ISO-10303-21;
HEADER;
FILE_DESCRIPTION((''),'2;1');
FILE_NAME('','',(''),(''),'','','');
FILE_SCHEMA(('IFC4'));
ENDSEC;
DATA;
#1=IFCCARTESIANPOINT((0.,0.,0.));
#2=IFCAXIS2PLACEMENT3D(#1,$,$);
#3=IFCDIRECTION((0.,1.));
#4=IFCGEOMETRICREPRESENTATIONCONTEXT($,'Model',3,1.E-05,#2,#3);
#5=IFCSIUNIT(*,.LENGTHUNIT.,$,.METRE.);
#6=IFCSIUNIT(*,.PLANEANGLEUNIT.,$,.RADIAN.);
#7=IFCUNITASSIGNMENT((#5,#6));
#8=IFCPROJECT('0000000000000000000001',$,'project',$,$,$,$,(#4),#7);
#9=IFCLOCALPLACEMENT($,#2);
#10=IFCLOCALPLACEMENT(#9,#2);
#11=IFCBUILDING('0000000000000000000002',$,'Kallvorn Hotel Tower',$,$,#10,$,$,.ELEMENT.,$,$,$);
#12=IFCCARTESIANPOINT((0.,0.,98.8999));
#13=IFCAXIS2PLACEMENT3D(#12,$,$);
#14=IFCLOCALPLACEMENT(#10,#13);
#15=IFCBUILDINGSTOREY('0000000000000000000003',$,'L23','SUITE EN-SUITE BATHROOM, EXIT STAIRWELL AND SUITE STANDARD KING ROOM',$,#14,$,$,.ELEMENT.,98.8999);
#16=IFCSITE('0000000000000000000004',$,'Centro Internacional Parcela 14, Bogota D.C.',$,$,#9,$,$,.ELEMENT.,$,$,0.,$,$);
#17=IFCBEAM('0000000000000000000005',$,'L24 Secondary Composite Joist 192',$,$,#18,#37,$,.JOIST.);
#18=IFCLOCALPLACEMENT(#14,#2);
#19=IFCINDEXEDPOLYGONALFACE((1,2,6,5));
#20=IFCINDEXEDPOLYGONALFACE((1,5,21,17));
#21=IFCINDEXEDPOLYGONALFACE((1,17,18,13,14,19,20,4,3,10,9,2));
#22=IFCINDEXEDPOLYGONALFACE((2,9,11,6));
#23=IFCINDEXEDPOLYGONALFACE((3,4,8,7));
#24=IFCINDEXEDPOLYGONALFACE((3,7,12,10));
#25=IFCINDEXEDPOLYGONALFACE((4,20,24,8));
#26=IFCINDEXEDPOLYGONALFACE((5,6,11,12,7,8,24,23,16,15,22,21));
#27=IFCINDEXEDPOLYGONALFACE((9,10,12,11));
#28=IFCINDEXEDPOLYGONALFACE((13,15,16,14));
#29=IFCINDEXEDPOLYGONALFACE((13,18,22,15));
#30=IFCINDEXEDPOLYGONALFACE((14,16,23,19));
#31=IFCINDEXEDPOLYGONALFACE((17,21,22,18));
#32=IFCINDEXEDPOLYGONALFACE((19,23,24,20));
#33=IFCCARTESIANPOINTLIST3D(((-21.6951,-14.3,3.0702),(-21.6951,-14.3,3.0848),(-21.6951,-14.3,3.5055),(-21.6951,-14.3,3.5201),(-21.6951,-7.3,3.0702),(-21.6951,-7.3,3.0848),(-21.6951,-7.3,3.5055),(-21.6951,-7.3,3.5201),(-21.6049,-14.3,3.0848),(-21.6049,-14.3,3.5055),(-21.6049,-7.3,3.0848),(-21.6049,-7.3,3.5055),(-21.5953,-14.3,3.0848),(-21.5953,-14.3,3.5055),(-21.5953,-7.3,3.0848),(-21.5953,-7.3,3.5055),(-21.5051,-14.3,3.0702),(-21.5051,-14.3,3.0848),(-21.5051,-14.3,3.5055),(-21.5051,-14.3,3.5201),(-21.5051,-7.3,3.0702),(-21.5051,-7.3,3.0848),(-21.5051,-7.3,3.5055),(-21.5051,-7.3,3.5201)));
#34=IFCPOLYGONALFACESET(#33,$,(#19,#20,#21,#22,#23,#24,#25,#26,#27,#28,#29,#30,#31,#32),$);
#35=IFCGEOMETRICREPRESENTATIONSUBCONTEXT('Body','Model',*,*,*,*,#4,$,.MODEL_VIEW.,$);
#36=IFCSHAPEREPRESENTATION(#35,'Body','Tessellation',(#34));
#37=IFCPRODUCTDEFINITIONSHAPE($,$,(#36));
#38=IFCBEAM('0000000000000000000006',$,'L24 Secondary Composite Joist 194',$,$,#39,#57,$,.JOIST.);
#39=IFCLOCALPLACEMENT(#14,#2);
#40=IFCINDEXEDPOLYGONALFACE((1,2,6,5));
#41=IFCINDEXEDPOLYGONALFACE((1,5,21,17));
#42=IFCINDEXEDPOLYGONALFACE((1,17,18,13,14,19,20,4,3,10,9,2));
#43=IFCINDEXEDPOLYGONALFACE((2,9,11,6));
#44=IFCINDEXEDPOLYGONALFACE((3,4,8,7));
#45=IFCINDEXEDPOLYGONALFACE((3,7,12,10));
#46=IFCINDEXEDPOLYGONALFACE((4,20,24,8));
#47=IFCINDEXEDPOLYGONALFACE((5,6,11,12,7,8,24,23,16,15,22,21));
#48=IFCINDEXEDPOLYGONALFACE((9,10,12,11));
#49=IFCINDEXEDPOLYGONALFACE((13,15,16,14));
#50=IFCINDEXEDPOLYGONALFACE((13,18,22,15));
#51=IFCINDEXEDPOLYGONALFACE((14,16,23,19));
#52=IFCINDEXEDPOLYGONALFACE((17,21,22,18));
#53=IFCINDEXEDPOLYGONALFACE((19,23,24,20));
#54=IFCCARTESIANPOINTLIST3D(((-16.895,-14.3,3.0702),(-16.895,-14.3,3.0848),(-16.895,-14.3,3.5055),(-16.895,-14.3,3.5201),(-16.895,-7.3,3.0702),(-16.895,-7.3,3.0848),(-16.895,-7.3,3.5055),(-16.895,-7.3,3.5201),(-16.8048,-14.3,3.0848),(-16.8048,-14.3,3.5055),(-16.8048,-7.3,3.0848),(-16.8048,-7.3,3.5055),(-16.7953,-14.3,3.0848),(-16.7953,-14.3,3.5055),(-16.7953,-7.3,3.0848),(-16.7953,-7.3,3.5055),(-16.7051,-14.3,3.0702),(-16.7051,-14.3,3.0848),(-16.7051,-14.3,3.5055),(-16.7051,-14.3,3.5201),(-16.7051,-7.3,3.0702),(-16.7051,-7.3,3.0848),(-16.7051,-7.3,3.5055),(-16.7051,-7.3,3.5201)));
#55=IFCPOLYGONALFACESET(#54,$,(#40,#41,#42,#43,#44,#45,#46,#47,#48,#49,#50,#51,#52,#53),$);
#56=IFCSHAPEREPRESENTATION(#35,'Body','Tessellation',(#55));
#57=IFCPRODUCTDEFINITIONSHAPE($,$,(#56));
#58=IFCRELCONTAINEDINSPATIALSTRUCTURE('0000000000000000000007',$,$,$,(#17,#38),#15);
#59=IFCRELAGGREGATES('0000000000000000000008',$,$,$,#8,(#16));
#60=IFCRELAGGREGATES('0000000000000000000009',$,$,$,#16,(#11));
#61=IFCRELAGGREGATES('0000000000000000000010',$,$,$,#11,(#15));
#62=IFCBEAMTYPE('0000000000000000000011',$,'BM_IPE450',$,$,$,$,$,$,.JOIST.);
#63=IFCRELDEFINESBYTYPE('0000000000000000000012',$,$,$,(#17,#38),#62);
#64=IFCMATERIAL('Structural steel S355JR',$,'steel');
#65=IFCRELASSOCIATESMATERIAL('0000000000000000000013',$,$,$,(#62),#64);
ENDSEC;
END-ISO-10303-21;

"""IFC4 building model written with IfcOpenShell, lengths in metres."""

from ifc_helpers import new_model, si_unit, direction, frame, origin, origin_2d, place, context, subcontext, project, spatial, i_section, extrude, material, material_profile, profile_set, type_object, element, save


model = new_model("IFC4")

# Units and contexts
model_context = context("Model", 3, precision=1e-05, world=origin(), true_north=direction((0.0, 1.0)))
body_context = subcontext(model_context, "Body", "Model", "MODEL_VIEW")
ifc_project = project(units=[si_unit("LENGTHUNIT", "METRE"), si_unit("PLANEANGLEUNIT", "RADIAN")], contexts=[model_context])

# Site, building, storey
site_placement = place(None, origin())
site = spatial("IfcSite", under=ifc_project, at=site_placement, Name="Centro Internacional Parcela 14, Bogota D.C.", CompositionType="ELEMENT", RefElevation=0.0)
building_placement = place(site_placement, origin())
building = spatial("IfcBuilding", under=site, at=building_placement, Name="Kallvorn Hotel Tower", CompositionType="ELEMENT")
storey_placement = place(building_placement, frame((0.0, 0.0, 98.8999)))
storey = spatial("IfcBuildingStorey", under=building, at=storey_placement, Name="L23", Description="SUITE EN-SUITE BATHROOM, EXIT STAIRWELL AND SUITE STANDARD KING ROOM", CompositionType="ELEMENT", Elevation=98.8999)

# Beams
ifc_material_1 = material(Name="Structural steel S355JR", Category="steel")
ifc_material_profile_1 = material_profile(ifc_material_1, i_section(OverallWidth=0.1899, OverallDepth=0.45, WebThickness=0.0095, FlangeThickness=0.0146, at=origin_2d()), Name="IPE 450")
ifc_profile_set_1 = profile_set([ifc_material_profile_1], Name="Structural steel S355JR")
beam_type_1 = type_object("IfcBeamType", Name="BM_IPE450", PredefinedType="JOIST", material=ifc_profile_set_1)
for number, where, z_axis, x_axis, name in (
    (1, (-21.6001, -14.3, 3.2952), (0.0, 1.0, 0.0), (-1.0, 0.0, 0.0), "L24 Secondary Composite Joist 192"),
    (2, (-16.8, -14.3, 3.2952), (0.0, 1.0, 0.0), (-1.0, 0.0, 0.0), "L24 Secondary Composite Joist 194"),
):
    element("IfcBeam", number, at=place(storey_placement, frame(where, z_axis=z_axis, x_axis=x_axis)), inside=storey, type_object=beam_type_1, Name=name, PredefinedType="JOIST", context=body_context, shape_type="SweptSolid", body=[
        extrude(i_section(OverallWidth=0.1899, OverallDepth=0.45, WebThickness=0.0095, FlangeThickness=0.0146, at=origin_2d()), origin(), (0.0, 0.0, 1.0), 7.0),
    ])

save(model, "model.ifc")
